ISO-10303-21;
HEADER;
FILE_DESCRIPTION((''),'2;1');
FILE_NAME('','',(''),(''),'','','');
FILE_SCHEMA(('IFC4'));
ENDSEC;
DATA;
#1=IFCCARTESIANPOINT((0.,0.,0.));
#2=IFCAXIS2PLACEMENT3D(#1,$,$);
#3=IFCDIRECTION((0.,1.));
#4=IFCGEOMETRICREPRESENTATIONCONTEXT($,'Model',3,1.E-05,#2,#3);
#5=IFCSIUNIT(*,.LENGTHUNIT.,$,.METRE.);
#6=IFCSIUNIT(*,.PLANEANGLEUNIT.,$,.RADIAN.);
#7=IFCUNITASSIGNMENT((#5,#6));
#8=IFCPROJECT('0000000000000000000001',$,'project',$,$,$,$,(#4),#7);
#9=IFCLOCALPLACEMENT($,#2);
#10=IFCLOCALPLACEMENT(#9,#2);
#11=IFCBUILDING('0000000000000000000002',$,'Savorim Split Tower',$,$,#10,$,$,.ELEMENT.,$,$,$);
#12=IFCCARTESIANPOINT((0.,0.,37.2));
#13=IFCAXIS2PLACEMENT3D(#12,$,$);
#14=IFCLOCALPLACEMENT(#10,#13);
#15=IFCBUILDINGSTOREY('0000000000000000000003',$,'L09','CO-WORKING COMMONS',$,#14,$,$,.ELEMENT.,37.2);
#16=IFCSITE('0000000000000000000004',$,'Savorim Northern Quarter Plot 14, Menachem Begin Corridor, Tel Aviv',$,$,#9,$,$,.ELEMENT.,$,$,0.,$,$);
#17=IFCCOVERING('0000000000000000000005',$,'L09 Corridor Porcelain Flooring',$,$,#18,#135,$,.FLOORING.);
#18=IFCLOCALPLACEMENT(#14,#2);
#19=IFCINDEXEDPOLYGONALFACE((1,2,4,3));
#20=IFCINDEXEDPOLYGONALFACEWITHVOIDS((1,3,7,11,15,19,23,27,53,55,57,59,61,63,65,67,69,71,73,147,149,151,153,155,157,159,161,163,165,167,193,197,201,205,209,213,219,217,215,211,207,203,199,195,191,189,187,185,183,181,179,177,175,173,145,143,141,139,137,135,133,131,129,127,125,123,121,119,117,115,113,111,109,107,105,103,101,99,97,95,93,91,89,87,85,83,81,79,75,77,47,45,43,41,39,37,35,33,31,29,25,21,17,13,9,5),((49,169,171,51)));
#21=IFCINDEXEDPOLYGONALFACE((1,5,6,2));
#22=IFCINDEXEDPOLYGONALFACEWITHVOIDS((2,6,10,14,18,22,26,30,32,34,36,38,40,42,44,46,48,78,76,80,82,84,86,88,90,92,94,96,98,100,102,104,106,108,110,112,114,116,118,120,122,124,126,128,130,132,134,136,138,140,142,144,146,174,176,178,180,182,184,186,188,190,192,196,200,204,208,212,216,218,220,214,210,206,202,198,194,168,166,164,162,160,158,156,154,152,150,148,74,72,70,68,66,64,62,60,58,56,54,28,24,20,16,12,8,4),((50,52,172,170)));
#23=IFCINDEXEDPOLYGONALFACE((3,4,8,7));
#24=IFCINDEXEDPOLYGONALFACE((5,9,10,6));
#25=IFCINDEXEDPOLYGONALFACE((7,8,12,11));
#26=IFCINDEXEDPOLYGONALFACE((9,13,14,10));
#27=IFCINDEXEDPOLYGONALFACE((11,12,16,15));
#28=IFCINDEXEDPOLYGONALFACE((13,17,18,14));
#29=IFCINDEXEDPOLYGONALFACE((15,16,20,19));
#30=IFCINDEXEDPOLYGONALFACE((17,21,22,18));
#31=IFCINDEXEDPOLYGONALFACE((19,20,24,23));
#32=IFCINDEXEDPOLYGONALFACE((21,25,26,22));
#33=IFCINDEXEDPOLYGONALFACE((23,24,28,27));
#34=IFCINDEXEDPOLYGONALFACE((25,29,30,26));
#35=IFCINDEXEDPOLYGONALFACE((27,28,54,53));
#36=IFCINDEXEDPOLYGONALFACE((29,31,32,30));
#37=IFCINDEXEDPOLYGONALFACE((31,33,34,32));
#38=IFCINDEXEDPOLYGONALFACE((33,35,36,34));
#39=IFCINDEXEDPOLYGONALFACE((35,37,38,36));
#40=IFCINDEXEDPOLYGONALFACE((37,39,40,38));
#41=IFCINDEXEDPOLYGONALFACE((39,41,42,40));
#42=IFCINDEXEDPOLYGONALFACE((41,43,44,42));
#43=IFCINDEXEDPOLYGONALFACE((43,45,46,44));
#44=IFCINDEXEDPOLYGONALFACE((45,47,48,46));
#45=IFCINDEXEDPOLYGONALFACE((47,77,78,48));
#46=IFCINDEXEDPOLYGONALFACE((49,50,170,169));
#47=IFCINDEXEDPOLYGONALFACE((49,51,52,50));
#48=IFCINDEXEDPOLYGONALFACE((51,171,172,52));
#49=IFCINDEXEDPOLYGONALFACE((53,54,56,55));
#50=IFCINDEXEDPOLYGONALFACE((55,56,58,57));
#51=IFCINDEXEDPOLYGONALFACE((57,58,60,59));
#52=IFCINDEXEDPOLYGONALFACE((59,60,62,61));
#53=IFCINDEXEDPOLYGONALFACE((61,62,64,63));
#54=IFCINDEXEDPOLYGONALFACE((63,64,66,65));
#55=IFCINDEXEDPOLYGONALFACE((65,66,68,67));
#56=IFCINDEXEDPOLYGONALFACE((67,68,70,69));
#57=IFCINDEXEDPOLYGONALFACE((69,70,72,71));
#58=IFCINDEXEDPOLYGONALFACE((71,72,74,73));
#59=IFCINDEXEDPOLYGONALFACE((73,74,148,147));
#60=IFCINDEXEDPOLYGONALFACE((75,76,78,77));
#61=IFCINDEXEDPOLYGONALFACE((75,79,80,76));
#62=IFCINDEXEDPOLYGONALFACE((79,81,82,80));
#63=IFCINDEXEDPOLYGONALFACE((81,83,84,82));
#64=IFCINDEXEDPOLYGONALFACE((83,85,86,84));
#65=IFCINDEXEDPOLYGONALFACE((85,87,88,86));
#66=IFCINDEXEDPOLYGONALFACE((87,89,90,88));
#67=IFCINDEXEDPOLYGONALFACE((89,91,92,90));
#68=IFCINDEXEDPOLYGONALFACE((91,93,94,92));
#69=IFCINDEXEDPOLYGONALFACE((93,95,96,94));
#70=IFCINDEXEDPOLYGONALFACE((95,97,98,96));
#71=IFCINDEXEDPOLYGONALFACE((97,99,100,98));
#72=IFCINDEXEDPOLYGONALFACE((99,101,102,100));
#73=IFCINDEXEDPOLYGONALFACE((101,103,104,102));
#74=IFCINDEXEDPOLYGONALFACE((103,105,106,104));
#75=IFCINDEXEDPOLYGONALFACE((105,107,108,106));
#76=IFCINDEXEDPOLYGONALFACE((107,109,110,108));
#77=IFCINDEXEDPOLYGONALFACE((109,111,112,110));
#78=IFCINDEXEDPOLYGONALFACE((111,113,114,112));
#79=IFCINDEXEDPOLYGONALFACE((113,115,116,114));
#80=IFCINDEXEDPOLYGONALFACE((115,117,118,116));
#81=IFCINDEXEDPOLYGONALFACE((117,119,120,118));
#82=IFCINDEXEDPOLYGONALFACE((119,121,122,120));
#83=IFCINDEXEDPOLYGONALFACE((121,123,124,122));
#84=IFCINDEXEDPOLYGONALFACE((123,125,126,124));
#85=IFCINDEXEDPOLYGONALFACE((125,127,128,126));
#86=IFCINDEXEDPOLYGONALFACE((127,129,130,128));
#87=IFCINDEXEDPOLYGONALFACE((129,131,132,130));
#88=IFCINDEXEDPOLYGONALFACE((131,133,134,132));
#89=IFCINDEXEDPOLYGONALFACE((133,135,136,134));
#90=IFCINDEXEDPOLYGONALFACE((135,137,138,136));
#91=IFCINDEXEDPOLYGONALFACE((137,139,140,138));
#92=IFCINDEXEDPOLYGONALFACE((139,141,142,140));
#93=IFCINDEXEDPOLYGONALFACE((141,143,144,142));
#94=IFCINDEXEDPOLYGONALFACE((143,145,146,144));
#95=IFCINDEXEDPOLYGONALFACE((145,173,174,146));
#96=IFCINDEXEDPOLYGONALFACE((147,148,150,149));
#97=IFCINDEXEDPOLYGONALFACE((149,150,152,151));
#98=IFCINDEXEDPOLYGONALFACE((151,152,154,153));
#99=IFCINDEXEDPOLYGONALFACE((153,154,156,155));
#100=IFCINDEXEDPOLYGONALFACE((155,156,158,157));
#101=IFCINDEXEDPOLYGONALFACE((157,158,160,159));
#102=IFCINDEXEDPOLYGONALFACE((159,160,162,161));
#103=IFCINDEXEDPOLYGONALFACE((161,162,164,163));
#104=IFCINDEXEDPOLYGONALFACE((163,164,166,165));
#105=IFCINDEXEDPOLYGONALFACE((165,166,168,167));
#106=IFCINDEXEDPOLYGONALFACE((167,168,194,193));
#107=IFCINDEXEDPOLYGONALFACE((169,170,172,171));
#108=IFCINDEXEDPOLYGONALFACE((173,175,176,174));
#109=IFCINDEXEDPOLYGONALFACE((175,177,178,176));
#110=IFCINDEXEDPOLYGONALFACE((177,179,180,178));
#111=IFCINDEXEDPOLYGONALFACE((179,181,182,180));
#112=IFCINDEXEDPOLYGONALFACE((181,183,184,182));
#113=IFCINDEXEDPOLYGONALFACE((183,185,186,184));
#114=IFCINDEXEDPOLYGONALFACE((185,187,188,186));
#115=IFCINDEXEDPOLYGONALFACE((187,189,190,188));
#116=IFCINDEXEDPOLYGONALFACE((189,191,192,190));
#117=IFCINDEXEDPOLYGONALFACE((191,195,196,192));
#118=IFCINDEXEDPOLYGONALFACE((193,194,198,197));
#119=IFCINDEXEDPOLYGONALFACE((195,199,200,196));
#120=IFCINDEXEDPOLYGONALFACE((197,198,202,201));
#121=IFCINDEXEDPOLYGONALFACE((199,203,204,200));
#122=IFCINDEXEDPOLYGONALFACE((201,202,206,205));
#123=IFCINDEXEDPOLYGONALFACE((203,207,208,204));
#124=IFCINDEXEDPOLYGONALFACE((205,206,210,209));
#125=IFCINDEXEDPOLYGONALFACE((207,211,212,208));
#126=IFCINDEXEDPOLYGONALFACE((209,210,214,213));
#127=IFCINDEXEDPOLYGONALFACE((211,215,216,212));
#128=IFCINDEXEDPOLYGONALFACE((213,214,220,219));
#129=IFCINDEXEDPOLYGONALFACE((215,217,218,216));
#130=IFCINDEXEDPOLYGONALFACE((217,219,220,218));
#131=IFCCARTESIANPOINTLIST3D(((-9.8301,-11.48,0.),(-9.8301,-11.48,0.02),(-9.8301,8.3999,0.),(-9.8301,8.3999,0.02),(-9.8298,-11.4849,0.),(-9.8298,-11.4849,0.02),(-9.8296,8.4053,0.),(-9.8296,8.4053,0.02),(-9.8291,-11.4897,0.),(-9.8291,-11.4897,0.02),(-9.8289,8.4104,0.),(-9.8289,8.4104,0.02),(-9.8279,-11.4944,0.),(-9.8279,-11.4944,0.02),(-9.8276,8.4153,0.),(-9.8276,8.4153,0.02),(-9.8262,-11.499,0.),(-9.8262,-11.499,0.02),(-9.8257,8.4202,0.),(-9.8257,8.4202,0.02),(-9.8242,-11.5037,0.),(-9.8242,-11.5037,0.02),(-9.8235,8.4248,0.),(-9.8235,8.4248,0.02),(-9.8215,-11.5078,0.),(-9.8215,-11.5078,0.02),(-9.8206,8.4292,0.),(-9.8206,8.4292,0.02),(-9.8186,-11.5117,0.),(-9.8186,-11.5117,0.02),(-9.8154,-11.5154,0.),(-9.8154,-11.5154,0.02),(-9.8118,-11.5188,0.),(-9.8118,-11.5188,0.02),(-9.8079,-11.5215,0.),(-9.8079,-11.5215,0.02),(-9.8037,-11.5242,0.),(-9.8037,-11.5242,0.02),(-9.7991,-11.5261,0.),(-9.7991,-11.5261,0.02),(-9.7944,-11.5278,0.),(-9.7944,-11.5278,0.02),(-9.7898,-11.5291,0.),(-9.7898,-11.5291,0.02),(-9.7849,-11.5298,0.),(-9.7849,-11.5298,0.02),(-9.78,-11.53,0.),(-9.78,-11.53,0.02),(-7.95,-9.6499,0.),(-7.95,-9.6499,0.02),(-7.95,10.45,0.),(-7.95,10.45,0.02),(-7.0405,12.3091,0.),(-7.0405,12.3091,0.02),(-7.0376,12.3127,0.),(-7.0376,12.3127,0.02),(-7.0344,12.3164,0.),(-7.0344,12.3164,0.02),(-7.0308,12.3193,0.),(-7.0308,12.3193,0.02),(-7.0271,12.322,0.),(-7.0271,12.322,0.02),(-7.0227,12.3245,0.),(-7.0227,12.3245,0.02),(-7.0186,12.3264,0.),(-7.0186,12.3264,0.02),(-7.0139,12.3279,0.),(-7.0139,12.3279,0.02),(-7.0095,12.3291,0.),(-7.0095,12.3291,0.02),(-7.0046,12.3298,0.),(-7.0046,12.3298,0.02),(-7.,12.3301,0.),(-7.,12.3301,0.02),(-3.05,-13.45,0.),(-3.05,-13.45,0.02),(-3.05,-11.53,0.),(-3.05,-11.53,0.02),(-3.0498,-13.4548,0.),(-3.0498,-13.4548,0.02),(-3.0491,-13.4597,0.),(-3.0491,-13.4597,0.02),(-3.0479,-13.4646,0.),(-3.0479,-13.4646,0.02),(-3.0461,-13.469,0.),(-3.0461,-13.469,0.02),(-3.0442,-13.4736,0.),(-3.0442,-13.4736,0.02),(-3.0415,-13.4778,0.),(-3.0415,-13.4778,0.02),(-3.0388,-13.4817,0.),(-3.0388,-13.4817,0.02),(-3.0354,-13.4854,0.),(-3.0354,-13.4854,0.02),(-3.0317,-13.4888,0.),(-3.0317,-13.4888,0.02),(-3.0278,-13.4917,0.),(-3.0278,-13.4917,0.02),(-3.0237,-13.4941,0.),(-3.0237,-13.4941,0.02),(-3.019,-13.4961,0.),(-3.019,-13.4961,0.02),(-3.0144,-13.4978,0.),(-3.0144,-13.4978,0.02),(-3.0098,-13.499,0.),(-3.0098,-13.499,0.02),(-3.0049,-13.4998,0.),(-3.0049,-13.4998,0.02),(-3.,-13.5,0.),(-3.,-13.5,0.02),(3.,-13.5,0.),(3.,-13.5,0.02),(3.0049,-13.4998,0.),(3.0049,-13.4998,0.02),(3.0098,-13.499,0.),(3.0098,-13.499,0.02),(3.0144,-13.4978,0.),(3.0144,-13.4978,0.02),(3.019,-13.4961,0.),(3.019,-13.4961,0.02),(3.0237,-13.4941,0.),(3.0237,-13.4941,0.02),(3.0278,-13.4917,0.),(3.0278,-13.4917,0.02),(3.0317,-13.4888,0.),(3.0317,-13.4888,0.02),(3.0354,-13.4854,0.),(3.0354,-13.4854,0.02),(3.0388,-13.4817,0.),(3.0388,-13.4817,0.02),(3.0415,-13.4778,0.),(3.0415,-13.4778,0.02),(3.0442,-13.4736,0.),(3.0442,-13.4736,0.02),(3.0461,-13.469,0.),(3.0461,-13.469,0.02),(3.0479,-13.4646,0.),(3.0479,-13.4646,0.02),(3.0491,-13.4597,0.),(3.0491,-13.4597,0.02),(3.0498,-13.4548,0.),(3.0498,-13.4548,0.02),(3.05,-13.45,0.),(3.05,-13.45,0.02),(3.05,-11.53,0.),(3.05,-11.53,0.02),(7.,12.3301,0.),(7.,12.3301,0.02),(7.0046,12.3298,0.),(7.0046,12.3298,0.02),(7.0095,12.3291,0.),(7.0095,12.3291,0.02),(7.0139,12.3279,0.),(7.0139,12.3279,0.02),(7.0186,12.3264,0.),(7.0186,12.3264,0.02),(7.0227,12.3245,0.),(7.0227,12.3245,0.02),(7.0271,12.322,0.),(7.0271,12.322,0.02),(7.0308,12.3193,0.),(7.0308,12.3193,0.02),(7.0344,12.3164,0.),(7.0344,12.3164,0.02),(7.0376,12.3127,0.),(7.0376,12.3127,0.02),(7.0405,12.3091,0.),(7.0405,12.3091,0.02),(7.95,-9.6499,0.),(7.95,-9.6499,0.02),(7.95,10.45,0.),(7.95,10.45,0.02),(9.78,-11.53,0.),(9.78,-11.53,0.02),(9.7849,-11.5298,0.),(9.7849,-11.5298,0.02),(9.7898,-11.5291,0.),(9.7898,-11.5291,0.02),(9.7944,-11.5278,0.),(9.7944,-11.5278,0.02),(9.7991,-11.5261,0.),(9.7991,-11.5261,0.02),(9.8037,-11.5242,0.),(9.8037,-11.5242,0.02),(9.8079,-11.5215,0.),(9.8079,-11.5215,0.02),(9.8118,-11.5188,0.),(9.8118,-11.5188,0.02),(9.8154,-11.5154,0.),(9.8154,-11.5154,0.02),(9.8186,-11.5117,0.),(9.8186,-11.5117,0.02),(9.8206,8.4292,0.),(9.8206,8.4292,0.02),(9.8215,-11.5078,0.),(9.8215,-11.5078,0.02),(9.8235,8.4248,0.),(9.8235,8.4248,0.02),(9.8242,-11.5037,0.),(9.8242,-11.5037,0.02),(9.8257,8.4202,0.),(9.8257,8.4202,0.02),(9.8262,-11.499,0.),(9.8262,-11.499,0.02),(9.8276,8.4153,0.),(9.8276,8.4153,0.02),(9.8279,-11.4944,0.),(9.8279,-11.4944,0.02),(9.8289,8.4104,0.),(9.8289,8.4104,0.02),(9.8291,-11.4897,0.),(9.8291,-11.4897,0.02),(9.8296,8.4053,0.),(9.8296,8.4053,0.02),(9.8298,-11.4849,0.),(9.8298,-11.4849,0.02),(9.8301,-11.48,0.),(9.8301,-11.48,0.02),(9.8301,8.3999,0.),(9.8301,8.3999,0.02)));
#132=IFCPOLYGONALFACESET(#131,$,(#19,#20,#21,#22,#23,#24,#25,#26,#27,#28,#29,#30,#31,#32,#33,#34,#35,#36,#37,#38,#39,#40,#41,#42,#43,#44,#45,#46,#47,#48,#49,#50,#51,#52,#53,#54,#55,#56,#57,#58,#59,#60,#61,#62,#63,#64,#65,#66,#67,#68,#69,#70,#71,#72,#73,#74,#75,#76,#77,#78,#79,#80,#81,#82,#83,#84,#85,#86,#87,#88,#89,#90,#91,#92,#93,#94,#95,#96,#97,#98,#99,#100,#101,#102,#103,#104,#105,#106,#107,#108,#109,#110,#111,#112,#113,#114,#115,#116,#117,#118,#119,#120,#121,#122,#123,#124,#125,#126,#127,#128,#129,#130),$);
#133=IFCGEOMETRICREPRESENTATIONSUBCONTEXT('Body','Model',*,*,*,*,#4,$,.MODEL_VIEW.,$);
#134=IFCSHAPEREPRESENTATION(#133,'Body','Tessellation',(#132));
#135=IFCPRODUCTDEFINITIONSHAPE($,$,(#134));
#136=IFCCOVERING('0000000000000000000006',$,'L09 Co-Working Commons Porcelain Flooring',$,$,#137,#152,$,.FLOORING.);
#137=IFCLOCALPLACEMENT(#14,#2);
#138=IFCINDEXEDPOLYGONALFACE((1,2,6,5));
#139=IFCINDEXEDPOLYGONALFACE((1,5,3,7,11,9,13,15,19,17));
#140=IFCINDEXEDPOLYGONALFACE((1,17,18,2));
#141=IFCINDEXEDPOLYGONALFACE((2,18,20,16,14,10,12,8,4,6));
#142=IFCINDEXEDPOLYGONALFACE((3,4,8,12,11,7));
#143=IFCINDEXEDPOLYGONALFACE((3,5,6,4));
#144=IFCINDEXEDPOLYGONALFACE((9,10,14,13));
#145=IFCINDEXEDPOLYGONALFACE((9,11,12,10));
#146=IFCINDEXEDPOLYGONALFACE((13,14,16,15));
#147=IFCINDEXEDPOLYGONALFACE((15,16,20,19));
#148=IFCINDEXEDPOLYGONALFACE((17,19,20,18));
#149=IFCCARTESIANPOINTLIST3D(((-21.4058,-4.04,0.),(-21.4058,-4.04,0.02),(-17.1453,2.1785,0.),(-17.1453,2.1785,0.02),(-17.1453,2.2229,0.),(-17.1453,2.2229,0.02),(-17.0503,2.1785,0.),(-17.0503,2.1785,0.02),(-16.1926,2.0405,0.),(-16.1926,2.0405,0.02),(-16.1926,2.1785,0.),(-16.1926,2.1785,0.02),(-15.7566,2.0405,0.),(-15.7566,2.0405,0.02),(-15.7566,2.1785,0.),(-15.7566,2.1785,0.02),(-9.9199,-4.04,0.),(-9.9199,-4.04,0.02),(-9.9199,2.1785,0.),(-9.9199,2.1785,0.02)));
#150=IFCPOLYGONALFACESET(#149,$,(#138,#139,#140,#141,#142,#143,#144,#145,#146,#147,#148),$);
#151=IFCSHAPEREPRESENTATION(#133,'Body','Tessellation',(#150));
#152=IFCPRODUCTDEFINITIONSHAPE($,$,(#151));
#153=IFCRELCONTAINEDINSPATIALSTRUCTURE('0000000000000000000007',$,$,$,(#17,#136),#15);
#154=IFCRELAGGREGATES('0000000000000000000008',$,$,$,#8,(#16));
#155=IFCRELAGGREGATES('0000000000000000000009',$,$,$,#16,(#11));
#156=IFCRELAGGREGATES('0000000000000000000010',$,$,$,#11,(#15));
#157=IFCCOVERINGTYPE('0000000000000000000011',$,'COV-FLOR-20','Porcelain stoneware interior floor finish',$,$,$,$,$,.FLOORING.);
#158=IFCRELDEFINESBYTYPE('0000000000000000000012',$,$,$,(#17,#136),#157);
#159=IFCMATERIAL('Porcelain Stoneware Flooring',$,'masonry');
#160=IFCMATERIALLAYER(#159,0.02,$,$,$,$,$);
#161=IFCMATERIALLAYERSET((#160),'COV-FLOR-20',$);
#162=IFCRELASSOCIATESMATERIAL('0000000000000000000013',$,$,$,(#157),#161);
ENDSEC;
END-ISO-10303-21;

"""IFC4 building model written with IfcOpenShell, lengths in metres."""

from ifc_helpers import new_model, si_unit, direction, frame, origin, place, context, subcontext, project, spatial, polyline, outline, extrude, material, layer, layer_set, type_object, element, save


model = new_model("IFC4")

# Units and contexts
model_context = context("Model", 3, precision=1e-05, world=origin(), true_north=direction((0.0, 1.0)))
body_context = subcontext(model_context, "Body", "Model", "MODEL_VIEW")
ifc_project = project(units=[si_unit("LENGTHUNIT", "METRE"), si_unit("PLANEANGLEUNIT", "RADIAN")], contexts=[model_context])

# Site, building, storey
site_placement = place(None, origin())
site = spatial("IfcSite", under=ifc_project, at=site_placement, Name="Savorim Northern Quarter Plot 14, Menachem Begin Corridor, Tel Aviv", CompositionType="ELEMENT", RefElevation=0.0)
building_placement = place(site_placement, origin())
building = spatial("IfcBuilding", under=site, at=building_placement, Name="Savorim Split Tower", CompositionType="ELEMENT")
storey_placement = place(building_placement, frame((0.0, 0.0, 37.2)))
storey = spatial("IfcBuildingStorey", under=building, at=storey_placement, Name="L09", Description="CO-WORKING COMMONS", CompositionType="ELEMENT", Elevation=37.2)

# Coverings
ifc_material_1 = material(Name="Porcelain Stoneware Flooring", Category="masonry")
ifc_layer_1 = layer(ifc_material_1, 0.02)
ifc_layer_set_1 = layer_set([ifc_layer_1], Name="COV-FLOR-20")
covering_type_1 = type_object("IfcCoveringType", Name="COV-FLOR-20", Description="Porcelain stoneware interior floor finish", PredefinedType="FLOORING", material=ifc_layer_set_1)
covering_1_placement = place(storey_placement, origin())
element("IfcCovering", 1, at=covering_1_placement, inside=storey, type_object=covering_type_1, Name="L09 Corridor Porcelain Flooring", PredefinedType="FLOORING", context=body_context, shape_type="SweptSolid", body=[
    extrude(outline(polyline([(7.0095, 12.3291), (7.0046, 12.3298), (7.0, 12.3301), (-7.0, 12.3301), (-7.0046, 12.3298), (-7.0095, 12.3291), (-7.0139, 12.3279), (-7.0186, 12.3264), (-7.0227, 12.3245), (-7.0271, 12.322), (-7.0308, 12.3193), (-7.0344, 12.3164), (-7.0376, 12.3127), (-7.0405, 12.3091), (-9.8206, 8.4292), (-9.8235, 8.4248), (-9.8257, 8.4202), (-9.8276, 8.4153), (-9.8289, 8.4104), (-9.8296, 8.4053), (-9.8301, 8.3999), (-9.8301, -11.48), (-9.8298, -11.4849), (-9.8291, -11.4897), (-9.8279, -11.4944), (-9.8262, -11.499), (-9.8242, -11.5037), (-9.8215, -11.5078), (-9.8186, -11.5117), (-9.8154, -11.5154), (-9.8118, -11.5188), (-9.8079, -11.5215), (-9.8037, -11.5242), (-9.7991, -11.5261), (-9.7944, -11.5278), (-9.7898, -11.5291), (-9.7849, -11.5298), (-9.78, -11.53), (-3.05, -11.53), (-3.05, -13.45), (-3.0498, -13.4548), (-3.0491, -13.4597), (-3.0479, -13.4646), (-3.0461, -13.469), (-3.0442, -13.4736), (-3.0415, -13.4778), (-3.0388, -13.4817), (-3.0354, -13.4854), (-3.0317, -13.4888), (-3.0278, -13.4917), (-3.0237, -13.4941), (-3.019, -13.4961), (-3.0144, -13.4978), (-3.0098, -13.499), (-3.0049, -13.4998), (-3.0, -13.5), (3.0, -13.5), (3.0049, -13.4998), (3.0098, -13.499), (3.0144, -13.4978), (3.019, -13.4961), (3.0237, -13.4941), (3.0278, -13.4917), (3.0317, -13.4888), (3.0354, -13.4854), (3.0388, -13.4817), (3.0415, -13.4778), (3.0442, -13.4736), (3.0461, -13.469), (3.0479, -13.4646), (3.0491, -13.4597), (3.0498, -13.4548), (3.05, -13.45), (3.05, -11.53), (9.78, -11.53), (9.7849, -11.5298), (9.7898, -11.5291), (9.7944, -11.5278), (9.7991, -11.5261), (9.8037, -11.5242), (9.8079, -11.5215), (9.8118, -11.5188), (9.8154, -11.5154), (9.8186, -11.5117), (9.8215, -11.5078), (9.8242, -11.5037), (9.8262, -11.499), (9.8279, -11.4944), (9.8291, -11.4897), (9.8298, -11.4849), (9.8301, -11.48), (9.8301, 8.3999), (9.8296, 8.4053), (9.8289, 8.4104), (9.8276, 8.4153), (9.8257, 8.4202), (9.8235, 8.4248), (9.8206, 8.4292), (7.0405, 12.3091), (7.0376, 12.3127), (7.0344, 12.3164), (7.0308, 12.3193), (7.0271, 12.322), (7.0227, 12.3245), (7.0186, 12.3264), (7.0139, 12.3279), (7.0095, 12.3291)]), holes=[polyline([(-7.95, 10.45), (-7.95, -9.6499), (7.95, -9.6499), (7.95, 10.45), (-7.95, 10.45)])]), origin(), (0.0, 0.0, 1.0), 0.02),
])
covering_2_placement = place(storey_placement, origin())
element("IfcCovering", 2, at=covering_2_placement, inside=storey, type_object=covering_type_1, Name="L09 Co-Working Commons Porcelain Flooring", PredefinedType="FLOORING", context=body_context, shape_type="SweptSolid", body=[
    extrude(outline(polyline([(-17.0503, 2.1785), (-17.1453, 2.1785), (-17.1453, 2.2229), (-21.4058, -4.04), (-9.9199, -4.04), (-9.9199, 2.1785), (-15.7566, 2.1785), (-15.7566, 2.0405), (-16.1926, 2.0405), (-16.1926, 2.1785), (-17.0503, 2.1785)])), origin(), (0.0, 0.0, 1.0), 0.02),
])

save(model, "model.ifc")
